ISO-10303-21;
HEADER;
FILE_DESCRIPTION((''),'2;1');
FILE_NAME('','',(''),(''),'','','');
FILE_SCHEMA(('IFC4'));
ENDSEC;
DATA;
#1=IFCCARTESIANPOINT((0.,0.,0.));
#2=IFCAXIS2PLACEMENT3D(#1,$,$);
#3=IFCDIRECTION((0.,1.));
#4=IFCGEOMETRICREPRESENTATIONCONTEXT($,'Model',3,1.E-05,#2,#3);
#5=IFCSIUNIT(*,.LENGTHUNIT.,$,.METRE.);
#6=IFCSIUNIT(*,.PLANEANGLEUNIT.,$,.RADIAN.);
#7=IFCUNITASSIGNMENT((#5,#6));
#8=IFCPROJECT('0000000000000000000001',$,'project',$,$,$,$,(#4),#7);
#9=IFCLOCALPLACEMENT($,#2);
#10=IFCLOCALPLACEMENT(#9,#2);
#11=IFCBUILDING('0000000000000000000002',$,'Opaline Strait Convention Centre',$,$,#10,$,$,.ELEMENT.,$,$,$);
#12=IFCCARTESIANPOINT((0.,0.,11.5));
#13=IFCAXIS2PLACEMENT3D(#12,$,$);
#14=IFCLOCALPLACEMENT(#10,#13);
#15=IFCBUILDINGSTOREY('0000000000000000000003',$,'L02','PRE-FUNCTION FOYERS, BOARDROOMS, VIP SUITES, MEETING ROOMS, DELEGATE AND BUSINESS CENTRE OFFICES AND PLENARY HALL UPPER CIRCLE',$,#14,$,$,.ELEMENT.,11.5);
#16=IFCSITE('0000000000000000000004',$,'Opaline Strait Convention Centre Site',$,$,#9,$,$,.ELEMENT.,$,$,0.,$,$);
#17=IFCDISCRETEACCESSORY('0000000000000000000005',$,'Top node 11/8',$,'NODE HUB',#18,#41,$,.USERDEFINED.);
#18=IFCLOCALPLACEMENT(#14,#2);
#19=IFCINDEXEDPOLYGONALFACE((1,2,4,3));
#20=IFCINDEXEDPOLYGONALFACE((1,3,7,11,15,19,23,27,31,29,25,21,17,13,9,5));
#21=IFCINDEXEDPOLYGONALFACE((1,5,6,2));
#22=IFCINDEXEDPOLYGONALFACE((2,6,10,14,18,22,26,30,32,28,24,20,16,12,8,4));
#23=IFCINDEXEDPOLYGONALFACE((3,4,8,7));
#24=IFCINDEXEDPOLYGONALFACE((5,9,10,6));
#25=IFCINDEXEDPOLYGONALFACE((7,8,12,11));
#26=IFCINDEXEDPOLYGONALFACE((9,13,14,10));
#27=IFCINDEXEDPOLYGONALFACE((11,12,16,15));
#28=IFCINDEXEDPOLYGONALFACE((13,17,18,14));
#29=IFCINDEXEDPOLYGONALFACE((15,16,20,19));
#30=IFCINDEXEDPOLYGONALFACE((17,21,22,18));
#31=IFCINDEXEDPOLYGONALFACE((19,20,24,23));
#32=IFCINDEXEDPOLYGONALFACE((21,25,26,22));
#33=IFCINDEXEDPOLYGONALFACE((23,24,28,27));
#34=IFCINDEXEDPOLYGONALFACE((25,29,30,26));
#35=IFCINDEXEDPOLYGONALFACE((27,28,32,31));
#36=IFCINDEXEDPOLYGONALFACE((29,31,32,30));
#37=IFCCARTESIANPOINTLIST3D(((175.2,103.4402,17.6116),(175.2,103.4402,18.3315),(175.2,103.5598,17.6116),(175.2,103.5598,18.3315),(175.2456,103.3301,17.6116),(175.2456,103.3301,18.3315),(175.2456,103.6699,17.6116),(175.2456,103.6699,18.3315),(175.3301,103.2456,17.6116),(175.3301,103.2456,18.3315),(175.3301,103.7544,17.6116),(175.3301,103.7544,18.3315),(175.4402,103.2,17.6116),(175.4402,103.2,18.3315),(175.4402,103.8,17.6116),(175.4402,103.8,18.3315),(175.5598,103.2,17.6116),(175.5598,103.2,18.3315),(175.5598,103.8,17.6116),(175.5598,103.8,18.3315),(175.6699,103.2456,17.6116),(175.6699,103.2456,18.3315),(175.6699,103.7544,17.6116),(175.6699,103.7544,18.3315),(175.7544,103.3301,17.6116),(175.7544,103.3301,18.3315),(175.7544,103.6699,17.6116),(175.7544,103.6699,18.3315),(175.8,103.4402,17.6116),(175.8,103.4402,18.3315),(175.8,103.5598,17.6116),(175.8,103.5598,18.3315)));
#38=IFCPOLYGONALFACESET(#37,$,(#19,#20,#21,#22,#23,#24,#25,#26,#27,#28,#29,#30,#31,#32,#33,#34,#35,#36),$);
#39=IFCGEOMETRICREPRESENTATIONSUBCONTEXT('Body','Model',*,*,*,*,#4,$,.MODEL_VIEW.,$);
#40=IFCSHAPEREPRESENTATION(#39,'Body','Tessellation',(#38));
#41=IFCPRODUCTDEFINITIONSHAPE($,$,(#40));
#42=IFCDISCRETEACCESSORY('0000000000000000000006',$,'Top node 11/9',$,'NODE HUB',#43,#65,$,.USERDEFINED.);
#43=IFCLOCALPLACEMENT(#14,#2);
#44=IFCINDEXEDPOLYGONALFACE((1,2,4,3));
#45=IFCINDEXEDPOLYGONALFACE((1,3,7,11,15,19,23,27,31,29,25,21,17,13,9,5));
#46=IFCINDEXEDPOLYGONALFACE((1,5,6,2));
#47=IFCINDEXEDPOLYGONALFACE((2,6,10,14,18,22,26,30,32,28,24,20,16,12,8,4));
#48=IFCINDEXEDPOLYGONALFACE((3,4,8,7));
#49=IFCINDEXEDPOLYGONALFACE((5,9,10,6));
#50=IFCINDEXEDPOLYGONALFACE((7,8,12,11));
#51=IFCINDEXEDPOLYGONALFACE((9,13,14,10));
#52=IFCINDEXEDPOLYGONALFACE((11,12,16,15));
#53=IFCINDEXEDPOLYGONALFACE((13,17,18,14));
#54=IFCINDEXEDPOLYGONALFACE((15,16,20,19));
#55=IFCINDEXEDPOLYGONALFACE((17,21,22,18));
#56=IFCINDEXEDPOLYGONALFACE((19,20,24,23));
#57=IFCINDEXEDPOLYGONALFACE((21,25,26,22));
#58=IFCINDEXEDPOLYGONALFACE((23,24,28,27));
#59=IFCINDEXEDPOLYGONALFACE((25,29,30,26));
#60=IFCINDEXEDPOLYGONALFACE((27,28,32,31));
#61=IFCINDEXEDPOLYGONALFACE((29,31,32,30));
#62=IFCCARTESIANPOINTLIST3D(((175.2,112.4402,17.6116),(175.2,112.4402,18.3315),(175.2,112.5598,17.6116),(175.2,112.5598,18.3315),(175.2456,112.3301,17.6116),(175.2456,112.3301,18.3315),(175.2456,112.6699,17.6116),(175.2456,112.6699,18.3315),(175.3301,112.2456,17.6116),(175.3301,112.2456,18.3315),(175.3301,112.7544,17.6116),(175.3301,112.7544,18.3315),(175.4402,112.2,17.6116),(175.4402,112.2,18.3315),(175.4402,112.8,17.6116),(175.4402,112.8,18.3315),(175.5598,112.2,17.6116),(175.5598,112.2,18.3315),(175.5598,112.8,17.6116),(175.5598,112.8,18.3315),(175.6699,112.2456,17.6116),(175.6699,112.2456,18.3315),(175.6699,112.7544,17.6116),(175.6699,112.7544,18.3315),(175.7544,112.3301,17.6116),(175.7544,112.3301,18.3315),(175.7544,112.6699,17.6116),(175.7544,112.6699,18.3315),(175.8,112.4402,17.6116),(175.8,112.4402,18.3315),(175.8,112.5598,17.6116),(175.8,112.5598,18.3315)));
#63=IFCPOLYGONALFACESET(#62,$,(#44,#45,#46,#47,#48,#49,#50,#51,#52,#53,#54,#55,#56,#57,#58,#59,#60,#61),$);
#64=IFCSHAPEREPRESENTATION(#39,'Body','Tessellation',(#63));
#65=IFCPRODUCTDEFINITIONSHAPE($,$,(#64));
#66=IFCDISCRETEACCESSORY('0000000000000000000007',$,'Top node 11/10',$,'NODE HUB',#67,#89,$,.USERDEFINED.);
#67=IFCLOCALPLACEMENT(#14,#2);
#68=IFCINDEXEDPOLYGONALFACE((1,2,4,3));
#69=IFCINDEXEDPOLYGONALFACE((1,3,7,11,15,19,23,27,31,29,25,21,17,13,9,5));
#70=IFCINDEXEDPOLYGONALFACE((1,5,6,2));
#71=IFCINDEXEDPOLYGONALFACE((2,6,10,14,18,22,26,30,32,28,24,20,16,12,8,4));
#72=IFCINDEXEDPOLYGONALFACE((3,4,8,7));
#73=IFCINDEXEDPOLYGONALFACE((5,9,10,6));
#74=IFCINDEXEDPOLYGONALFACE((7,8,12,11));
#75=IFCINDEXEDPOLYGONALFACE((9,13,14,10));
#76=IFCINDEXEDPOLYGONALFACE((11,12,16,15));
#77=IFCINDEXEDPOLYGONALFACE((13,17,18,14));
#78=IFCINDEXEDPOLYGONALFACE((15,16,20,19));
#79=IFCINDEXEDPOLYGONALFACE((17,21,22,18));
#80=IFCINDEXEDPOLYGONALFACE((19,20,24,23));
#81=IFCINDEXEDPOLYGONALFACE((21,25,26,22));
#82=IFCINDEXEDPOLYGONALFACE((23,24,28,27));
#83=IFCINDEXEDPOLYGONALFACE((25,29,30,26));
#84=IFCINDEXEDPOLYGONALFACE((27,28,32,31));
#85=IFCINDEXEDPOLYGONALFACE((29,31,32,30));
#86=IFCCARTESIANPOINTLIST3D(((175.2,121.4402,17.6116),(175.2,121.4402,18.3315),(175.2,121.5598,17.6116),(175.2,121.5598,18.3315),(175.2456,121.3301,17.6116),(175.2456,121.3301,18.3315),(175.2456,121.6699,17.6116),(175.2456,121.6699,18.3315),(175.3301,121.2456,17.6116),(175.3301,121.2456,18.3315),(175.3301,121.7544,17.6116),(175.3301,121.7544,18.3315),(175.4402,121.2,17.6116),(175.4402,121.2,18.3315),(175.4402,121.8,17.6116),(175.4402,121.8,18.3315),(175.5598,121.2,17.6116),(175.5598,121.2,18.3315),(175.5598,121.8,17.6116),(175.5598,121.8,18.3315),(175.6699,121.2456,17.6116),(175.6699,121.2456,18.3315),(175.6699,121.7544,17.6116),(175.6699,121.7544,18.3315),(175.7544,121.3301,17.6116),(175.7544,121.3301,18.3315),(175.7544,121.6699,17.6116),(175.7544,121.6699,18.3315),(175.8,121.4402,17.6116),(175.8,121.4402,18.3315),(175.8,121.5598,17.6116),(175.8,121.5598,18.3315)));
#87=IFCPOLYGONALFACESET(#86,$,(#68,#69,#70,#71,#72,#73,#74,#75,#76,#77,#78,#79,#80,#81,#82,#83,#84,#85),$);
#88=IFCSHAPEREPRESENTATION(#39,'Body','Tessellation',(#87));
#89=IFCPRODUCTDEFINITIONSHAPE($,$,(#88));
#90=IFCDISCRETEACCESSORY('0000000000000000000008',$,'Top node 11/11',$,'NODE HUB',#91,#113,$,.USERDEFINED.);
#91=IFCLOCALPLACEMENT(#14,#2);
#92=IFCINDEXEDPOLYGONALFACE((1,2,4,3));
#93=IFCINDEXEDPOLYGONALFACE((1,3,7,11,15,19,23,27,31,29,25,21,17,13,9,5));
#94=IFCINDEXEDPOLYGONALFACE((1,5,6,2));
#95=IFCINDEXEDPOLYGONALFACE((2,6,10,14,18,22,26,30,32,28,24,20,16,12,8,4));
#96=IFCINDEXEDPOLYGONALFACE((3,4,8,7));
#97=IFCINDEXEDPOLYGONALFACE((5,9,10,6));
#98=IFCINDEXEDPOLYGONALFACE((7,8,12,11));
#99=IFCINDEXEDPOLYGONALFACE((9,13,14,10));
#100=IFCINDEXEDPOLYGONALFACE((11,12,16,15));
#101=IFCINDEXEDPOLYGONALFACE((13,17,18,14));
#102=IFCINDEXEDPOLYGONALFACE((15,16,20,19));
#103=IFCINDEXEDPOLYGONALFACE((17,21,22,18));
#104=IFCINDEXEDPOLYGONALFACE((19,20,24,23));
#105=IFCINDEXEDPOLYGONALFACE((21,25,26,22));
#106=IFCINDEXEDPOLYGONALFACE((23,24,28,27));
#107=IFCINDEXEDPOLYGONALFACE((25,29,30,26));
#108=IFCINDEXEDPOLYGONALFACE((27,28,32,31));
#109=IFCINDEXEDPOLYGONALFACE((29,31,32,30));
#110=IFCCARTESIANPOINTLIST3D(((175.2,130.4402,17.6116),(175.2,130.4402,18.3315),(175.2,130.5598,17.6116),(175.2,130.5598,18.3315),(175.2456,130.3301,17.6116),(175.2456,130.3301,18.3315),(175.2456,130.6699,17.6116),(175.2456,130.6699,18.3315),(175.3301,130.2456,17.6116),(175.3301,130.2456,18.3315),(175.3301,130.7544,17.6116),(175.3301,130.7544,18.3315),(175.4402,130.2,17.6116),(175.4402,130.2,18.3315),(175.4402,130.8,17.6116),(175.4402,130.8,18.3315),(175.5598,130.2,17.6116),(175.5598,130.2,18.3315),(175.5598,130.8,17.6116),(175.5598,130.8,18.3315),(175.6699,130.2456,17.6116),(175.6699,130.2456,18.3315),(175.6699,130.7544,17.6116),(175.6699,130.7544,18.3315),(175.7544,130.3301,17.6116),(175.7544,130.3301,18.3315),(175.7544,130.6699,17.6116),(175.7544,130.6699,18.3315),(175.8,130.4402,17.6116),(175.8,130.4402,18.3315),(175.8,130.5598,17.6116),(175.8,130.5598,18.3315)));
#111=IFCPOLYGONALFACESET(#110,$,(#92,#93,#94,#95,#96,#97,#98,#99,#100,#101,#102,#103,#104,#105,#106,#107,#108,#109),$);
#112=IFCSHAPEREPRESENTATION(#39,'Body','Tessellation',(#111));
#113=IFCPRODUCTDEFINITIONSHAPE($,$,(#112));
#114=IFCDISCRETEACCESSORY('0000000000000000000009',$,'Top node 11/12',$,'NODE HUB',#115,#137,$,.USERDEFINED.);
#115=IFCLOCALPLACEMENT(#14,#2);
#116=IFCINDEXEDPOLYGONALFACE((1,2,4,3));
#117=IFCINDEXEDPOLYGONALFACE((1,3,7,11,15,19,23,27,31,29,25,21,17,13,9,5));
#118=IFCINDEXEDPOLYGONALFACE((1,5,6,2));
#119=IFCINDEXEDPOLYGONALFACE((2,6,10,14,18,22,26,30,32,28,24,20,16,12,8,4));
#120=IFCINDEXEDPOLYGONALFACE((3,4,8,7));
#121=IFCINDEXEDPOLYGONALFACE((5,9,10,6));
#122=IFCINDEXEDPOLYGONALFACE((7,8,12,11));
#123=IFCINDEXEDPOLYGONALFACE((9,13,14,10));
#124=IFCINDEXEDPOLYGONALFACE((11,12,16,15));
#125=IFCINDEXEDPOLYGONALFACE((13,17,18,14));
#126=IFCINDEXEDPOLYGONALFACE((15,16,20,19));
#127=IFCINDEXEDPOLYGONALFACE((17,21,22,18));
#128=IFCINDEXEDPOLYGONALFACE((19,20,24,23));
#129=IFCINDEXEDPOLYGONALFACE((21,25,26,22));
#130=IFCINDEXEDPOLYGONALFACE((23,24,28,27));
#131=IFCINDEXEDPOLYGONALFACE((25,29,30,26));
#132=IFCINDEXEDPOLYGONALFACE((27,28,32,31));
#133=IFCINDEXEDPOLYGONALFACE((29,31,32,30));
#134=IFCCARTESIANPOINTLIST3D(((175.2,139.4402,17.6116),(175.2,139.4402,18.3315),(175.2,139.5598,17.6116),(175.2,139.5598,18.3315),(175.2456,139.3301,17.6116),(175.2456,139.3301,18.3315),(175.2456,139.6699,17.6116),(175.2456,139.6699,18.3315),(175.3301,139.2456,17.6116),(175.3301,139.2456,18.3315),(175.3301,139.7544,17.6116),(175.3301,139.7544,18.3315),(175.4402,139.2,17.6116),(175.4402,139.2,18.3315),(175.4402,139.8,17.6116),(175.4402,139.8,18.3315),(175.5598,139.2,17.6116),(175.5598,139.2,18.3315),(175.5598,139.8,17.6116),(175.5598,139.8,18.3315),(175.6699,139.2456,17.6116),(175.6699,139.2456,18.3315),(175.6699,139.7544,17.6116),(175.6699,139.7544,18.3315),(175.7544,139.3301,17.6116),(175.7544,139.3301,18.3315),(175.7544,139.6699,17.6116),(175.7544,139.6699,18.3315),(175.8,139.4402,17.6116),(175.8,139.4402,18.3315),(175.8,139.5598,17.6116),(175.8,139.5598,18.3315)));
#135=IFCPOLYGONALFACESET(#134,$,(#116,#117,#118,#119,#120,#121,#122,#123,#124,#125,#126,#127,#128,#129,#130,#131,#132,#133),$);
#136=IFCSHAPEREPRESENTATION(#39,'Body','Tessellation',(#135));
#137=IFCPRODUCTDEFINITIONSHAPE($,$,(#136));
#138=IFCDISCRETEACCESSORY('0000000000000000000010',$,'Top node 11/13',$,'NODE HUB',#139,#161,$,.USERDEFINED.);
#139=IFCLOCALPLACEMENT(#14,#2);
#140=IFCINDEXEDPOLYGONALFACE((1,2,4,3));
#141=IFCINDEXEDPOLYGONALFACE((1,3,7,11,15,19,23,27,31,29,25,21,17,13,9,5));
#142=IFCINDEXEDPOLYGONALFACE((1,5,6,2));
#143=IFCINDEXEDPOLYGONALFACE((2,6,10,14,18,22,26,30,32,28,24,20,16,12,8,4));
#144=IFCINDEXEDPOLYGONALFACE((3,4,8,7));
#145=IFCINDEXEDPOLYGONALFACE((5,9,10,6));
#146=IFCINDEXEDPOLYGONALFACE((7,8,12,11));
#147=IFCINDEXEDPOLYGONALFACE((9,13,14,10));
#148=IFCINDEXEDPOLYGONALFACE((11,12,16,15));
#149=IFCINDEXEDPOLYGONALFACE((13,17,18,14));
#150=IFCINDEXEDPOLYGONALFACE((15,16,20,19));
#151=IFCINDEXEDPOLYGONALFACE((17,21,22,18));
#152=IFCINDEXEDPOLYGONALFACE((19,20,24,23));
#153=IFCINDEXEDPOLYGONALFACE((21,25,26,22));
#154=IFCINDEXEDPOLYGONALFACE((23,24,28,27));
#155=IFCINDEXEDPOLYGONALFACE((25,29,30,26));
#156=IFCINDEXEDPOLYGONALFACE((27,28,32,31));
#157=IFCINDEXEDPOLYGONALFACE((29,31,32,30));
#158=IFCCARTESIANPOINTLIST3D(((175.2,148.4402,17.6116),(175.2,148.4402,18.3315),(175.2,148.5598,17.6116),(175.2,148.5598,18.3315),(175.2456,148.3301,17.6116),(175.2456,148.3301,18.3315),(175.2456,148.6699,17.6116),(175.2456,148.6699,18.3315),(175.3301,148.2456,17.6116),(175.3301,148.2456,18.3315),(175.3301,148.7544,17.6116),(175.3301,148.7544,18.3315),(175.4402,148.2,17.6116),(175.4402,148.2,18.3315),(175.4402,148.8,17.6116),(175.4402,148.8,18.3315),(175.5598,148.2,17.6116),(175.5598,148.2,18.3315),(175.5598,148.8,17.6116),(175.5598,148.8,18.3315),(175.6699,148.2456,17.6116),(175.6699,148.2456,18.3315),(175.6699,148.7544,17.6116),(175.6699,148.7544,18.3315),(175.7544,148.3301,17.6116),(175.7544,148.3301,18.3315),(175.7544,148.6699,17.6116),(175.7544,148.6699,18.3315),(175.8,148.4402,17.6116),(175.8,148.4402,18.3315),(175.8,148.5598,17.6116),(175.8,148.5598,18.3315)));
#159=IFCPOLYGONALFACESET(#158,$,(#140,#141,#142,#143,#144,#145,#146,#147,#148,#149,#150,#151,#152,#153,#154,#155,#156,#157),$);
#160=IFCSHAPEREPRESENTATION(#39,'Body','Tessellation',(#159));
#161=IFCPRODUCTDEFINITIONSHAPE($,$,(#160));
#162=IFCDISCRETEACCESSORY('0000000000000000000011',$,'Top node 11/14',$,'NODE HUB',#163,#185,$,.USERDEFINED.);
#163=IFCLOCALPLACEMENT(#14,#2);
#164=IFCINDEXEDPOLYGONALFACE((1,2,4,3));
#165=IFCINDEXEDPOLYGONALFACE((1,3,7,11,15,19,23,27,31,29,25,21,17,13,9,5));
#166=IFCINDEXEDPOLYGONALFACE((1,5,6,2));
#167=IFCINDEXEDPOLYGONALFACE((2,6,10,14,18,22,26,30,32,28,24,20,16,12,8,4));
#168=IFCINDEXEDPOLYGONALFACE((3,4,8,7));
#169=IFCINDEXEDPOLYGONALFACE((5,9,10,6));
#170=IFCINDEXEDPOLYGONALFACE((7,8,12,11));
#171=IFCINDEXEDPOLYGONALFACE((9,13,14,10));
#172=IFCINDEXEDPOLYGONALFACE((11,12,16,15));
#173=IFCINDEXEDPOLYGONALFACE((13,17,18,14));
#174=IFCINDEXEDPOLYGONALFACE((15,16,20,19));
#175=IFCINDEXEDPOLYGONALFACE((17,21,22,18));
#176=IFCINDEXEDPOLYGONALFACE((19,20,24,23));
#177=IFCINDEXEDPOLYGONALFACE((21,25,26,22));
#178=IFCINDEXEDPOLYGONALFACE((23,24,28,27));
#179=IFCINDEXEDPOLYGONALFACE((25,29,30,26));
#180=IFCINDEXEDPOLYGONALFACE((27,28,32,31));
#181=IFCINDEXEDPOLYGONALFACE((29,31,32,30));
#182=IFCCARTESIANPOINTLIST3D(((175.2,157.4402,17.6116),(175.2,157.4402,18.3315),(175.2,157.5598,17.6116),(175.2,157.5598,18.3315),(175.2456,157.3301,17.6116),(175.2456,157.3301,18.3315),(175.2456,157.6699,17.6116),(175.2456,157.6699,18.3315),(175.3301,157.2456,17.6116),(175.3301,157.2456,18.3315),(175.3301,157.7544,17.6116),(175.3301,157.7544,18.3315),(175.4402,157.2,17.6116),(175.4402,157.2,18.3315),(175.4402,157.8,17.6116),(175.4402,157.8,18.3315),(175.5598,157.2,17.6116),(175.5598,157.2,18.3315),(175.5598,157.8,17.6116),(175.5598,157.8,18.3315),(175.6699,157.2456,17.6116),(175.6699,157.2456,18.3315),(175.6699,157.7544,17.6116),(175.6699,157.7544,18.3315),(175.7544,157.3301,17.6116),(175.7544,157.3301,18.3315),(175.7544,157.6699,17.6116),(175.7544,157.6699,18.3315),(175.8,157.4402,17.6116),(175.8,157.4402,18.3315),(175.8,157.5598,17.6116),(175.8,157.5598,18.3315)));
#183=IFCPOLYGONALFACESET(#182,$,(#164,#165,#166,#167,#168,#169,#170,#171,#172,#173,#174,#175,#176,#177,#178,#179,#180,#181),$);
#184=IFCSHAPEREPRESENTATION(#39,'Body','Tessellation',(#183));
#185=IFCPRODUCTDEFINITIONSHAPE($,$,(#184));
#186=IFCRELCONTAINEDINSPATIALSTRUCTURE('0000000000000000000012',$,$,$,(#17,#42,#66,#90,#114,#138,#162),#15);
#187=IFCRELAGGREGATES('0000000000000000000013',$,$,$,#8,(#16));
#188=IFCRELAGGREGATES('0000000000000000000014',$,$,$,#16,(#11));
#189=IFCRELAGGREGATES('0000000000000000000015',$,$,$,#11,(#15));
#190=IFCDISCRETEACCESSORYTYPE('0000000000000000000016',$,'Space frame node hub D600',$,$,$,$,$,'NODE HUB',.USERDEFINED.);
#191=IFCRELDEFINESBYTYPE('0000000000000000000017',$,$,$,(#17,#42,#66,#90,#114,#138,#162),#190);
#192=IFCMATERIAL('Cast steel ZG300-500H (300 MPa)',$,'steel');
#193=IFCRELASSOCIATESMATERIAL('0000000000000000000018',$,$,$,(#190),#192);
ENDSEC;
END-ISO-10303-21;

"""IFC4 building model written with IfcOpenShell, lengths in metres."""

from ifc_helpers import new_model, si_unit, direction, frame, origin, place, context, subcontext, project, spatial, polyline, outline, extrude, material, type_object, element, save


model = new_model("IFC4")

# Units and contexts
model_context = context("Model", 3, precision=1e-05, world=origin(), true_north=direction((0.0, 1.0)))
body_context = subcontext(model_context, "Body", "Model", "MODEL_VIEW")
ifc_project = project(units=[si_unit("LENGTHUNIT", "METRE"), si_unit("PLANEANGLEUNIT", "RADIAN")], contexts=[model_context])

# Site, building, storey
site_placement = place(None, origin())
site = spatial("IfcSite", under=ifc_project, at=site_placement, Name="Opaline Strait Convention Centre Site", CompositionType="ELEMENT", RefElevation=0.0)
building_placement = place(site_placement, origin())
building = spatial("IfcBuilding", under=site, at=building_placement, Name="Opaline Strait Convention Centre", CompositionType="ELEMENT")
storey_placement = place(building_placement, frame((0.0, 0.0, 11.5)))
storey = spatial("IfcBuildingStorey", under=building, at=storey_placement, Name="L02", Description="PRE-FUNCTION FOYERS, BOARDROOMS, VIP SUITES, MEETING ROOMS, DELEGATE AND BUSINESS CENTRE OFFICES AND PLENARY HALL UPPER CIRCLE", CompositionType="ELEMENT", Elevation=11.5)

# Discrete accessories
ifc_material = material(Name="Cast steel ZG300-500H (300 MPa)", Category="steel")
discrete_accessory_type = type_object("IfcDiscreteAccessoryType", Name="Space frame node hub D600", ElementType="NODE HUB", PredefinedType="USERDEFINED", material=ifc_material)
discrete_accessory_1_placement = place(storey_placement, frame((0.0, 0.0, 17.6116)))
element("IfcDiscreteAccessory", 1, at=discrete_accessory_1_placement, inside=storey, type_object=discrete_accessory_type, Name="Top node 11/8", ObjectType="NODE HUB", PredefinedType="USERDEFINED", context=body_context, shape_type="SweptSolid", body=[
    extrude(outline(polyline([(175.8, 103.5598), (175.7544, 103.6699), (175.6699, 103.7544), (175.5598, 103.8), (175.4402, 103.8), (175.3301, 103.7544), (175.2456, 103.6699), (175.2, 103.5598), (175.2, 103.4402), (175.2456, 103.3301), (175.3301, 103.2456), (175.4402, 103.2), (175.5598, 103.2), (175.6699, 103.2456), (175.7544, 103.3301), (175.8, 103.4402), (175.8, 103.5598)])), origin(), (0.0, 0.0, 1.0), 0.72),
])
discrete_accessory_2_placement = place(storey_placement, frame((0.0, 0.0, 17.6116)))
element("IfcDiscreteAccessory", 2, at=discrete_accessory_2_placement, inside=storey, type_object=discrete_accessory_type, Name="Top node 11/9", ObjectType="NODE HUB", PredefinedType="USERDEFINED", context=body_context, shape_type="SweptSolid", body=[
    extrude(outline(polyline([(175.8, 112.5598), (175.7544, 112.6699), (175.6699, 112.7544), (175.5598, 112.8), (175.4402, 112.8), (175.3301, 112.7544), (175.2456, 112.6699), (175.2, 112.5598), (175.2, 112.4402), (175.2456, 112.3301), (175.3301, 112.2456), (175.4402, 112.2), (175.5598, 112.2), (175.6699, 112.2456), (175.7544, 112.3301), (175.8, 112.4402), (175.8, 112.5598)])), origin(), (0.0, 0.0, 1.0), 0.72),
])
discrete_accessory_3_placement = place(storey_placement, frame((0.0, 0.0, 17.6116)))
element("IfcDiscreteAccessory", 3, at=discrete_accessory_3_placement, inside=storey, type_object=discrete_accessory_type, Name="Top node 11/10", ObjectType="NODE HUB", PredefinedType="USERDEFINED", context=body_context, shape_type="SweptSolid", body=[
    extrude(outline(polyline([(175.8, 121.5598), (175.7544, 121.6699), (175.6699, 121.7544), (175.5598, 121.8), (175.4402, 121.8), (175.3301, 121.7544), (175.2456, 121.6699), (175.2, 121.5598), (175.2, 121.4402), (175.2456, 121.3301), (175.3301, 121.2456), (175.4402, 121.2), (175.5598, 121.2), (175.6699, 121.2456), (175.7544, 121.3301), (175.8, 121.4402), (175.8, 121.5598)])), origin(), (0.0, 0.0, 1.0), 0.72),
])
discrete_accessory_4_placement = place(storey_placement, frame((0.0, 0.0, 17.6116)))
element("IfcDiscreteAccessory", 4, at=discrete_accessory_4_placement, inside=storey, type_object=discrete_accessory_type, Name="Top node 11/11", ObjectType="NODE HUB", PredefinedType="USERDEFINED", context=body_context, shape_type="SweptSolid", body=[
    extrude(outline(polyline([(175.8, 130.5598), (175.7544, 130.6699), (175.6699, 130.7544), (175.5598, 130.8), (175.4402, 130.8), (175.3301, 130.7544), (175.2456, 130.6699), (175.2, 130.5598), (175.2, 130.4402), (175.2456, 130.3301), (175.3301, 130.2456), (175.4402, 130.2), (175.5598, 130.2), (175.6699, 130.2456), (175.7544, 130.3301), (175.8, 130.4402), (175.8, 130.5598)])), origin(), (0.0, 0.0, 1.0), 0.72),
])
discrete_accessory_5_placement = place(storey_placement, frame((0.0, 0.0, 17.6116)))
element("IfcDiscreteAccessory", 5, at=discrete_accessory_5_placement, inside=storey, type_object=discrete_accessory_type, Name="Top node 11/12", ObjectType="NODE HUB", PredefinedType="USERDEFINED", context=body_context, shape_type="SweptSolid", body=[
    extrude(outline(polyline([(175.8, 139.5598), (175.7544, 139.6699), (175.6699, 139.7544), (175.5598, 139.8), (175.4402, 139.8), (175.3301, 139.7544), (175.2456, 139.6699), (175.2, 139.5598), (175.2, 139.4402), (175.2456, 139.3301), (175.3301, 139.2456), (175.4402, 139.2), (175.5598, 139.2), (175.6699, 139.2456), (175.7544, 139.3301), (175.8, 139.4402), (175.8, 139.5598)])), origin(), (0.0, 0.0, 1.0), 0.72),
])
discrete_accessory_6_placement = place(storey_placement, frame((0.0, 0.0, 17.6116)))
element("IfcDiscreteAccessory", 6, at=discrete_accessory_6_placement, inside=storey, type_object=discrete_accessory_type, Name="Top node 11/13", ObjectType="NODE HUB", PredefinedType="USERDEFINED", context=body_context, shape_type="SweptSolid", body=[
    extrude(outline(polyline([(175.8, 148.5598), (175.7544, 148.6699), (175.6699, 148.7544), (175.5598, 148.8), (175.4402, 148.8), (175.3301, 148.7544), (175.2456, 148.6699), (175.2, 148.5598), (175.2, 148.4402), (175.2456, 148.3301), (175.3301, 148.2456), (175.4402, 148.2), (175.5598, 148.2), (175.6699, 148.2456), (175.7544, 148.3301), (175.8, 148.4402), (175.8, 148.5598)])), origin(), (0.0, 0.0, 1.0), 0.72),
])
discrete_accessory_7_placement = place(storey_placement, frame((0.0, 0.0, 17.6116)))
element("IfcDiscreteAccessory", 7, at=discrete_accessory_7_placement, inside=storey, type_object=discrete_accessory_type, Name="Top node 11/14", ObjectType="NODE HUB", PredefinedType="USERDEFINED", context=body_context, shape_type="SweptSolid", body=[
    extrude(outline(polyline([(175.8, 157.5598), (175.7544, 157.6699), (175.6699, 157.7544), (175.5598, 157.8), (175.4402, 157.8), (175.3301, 157.7544), (175.2456, 157.6699), (175.2, 157.5598), (175.2, 157.4402), (175.2456, 157.3301), (175.3301, 157.2456), (175.4402, 157.2), (175.5598, 157.2), (175.6699, 157.2456), (175.7544, 157.3301), (175.8, 157.4402), (175.8, 157.5598)])), origin(), (0.0, 0.0, 1.0), 0.72),
])

save(model, "model.ifc")
